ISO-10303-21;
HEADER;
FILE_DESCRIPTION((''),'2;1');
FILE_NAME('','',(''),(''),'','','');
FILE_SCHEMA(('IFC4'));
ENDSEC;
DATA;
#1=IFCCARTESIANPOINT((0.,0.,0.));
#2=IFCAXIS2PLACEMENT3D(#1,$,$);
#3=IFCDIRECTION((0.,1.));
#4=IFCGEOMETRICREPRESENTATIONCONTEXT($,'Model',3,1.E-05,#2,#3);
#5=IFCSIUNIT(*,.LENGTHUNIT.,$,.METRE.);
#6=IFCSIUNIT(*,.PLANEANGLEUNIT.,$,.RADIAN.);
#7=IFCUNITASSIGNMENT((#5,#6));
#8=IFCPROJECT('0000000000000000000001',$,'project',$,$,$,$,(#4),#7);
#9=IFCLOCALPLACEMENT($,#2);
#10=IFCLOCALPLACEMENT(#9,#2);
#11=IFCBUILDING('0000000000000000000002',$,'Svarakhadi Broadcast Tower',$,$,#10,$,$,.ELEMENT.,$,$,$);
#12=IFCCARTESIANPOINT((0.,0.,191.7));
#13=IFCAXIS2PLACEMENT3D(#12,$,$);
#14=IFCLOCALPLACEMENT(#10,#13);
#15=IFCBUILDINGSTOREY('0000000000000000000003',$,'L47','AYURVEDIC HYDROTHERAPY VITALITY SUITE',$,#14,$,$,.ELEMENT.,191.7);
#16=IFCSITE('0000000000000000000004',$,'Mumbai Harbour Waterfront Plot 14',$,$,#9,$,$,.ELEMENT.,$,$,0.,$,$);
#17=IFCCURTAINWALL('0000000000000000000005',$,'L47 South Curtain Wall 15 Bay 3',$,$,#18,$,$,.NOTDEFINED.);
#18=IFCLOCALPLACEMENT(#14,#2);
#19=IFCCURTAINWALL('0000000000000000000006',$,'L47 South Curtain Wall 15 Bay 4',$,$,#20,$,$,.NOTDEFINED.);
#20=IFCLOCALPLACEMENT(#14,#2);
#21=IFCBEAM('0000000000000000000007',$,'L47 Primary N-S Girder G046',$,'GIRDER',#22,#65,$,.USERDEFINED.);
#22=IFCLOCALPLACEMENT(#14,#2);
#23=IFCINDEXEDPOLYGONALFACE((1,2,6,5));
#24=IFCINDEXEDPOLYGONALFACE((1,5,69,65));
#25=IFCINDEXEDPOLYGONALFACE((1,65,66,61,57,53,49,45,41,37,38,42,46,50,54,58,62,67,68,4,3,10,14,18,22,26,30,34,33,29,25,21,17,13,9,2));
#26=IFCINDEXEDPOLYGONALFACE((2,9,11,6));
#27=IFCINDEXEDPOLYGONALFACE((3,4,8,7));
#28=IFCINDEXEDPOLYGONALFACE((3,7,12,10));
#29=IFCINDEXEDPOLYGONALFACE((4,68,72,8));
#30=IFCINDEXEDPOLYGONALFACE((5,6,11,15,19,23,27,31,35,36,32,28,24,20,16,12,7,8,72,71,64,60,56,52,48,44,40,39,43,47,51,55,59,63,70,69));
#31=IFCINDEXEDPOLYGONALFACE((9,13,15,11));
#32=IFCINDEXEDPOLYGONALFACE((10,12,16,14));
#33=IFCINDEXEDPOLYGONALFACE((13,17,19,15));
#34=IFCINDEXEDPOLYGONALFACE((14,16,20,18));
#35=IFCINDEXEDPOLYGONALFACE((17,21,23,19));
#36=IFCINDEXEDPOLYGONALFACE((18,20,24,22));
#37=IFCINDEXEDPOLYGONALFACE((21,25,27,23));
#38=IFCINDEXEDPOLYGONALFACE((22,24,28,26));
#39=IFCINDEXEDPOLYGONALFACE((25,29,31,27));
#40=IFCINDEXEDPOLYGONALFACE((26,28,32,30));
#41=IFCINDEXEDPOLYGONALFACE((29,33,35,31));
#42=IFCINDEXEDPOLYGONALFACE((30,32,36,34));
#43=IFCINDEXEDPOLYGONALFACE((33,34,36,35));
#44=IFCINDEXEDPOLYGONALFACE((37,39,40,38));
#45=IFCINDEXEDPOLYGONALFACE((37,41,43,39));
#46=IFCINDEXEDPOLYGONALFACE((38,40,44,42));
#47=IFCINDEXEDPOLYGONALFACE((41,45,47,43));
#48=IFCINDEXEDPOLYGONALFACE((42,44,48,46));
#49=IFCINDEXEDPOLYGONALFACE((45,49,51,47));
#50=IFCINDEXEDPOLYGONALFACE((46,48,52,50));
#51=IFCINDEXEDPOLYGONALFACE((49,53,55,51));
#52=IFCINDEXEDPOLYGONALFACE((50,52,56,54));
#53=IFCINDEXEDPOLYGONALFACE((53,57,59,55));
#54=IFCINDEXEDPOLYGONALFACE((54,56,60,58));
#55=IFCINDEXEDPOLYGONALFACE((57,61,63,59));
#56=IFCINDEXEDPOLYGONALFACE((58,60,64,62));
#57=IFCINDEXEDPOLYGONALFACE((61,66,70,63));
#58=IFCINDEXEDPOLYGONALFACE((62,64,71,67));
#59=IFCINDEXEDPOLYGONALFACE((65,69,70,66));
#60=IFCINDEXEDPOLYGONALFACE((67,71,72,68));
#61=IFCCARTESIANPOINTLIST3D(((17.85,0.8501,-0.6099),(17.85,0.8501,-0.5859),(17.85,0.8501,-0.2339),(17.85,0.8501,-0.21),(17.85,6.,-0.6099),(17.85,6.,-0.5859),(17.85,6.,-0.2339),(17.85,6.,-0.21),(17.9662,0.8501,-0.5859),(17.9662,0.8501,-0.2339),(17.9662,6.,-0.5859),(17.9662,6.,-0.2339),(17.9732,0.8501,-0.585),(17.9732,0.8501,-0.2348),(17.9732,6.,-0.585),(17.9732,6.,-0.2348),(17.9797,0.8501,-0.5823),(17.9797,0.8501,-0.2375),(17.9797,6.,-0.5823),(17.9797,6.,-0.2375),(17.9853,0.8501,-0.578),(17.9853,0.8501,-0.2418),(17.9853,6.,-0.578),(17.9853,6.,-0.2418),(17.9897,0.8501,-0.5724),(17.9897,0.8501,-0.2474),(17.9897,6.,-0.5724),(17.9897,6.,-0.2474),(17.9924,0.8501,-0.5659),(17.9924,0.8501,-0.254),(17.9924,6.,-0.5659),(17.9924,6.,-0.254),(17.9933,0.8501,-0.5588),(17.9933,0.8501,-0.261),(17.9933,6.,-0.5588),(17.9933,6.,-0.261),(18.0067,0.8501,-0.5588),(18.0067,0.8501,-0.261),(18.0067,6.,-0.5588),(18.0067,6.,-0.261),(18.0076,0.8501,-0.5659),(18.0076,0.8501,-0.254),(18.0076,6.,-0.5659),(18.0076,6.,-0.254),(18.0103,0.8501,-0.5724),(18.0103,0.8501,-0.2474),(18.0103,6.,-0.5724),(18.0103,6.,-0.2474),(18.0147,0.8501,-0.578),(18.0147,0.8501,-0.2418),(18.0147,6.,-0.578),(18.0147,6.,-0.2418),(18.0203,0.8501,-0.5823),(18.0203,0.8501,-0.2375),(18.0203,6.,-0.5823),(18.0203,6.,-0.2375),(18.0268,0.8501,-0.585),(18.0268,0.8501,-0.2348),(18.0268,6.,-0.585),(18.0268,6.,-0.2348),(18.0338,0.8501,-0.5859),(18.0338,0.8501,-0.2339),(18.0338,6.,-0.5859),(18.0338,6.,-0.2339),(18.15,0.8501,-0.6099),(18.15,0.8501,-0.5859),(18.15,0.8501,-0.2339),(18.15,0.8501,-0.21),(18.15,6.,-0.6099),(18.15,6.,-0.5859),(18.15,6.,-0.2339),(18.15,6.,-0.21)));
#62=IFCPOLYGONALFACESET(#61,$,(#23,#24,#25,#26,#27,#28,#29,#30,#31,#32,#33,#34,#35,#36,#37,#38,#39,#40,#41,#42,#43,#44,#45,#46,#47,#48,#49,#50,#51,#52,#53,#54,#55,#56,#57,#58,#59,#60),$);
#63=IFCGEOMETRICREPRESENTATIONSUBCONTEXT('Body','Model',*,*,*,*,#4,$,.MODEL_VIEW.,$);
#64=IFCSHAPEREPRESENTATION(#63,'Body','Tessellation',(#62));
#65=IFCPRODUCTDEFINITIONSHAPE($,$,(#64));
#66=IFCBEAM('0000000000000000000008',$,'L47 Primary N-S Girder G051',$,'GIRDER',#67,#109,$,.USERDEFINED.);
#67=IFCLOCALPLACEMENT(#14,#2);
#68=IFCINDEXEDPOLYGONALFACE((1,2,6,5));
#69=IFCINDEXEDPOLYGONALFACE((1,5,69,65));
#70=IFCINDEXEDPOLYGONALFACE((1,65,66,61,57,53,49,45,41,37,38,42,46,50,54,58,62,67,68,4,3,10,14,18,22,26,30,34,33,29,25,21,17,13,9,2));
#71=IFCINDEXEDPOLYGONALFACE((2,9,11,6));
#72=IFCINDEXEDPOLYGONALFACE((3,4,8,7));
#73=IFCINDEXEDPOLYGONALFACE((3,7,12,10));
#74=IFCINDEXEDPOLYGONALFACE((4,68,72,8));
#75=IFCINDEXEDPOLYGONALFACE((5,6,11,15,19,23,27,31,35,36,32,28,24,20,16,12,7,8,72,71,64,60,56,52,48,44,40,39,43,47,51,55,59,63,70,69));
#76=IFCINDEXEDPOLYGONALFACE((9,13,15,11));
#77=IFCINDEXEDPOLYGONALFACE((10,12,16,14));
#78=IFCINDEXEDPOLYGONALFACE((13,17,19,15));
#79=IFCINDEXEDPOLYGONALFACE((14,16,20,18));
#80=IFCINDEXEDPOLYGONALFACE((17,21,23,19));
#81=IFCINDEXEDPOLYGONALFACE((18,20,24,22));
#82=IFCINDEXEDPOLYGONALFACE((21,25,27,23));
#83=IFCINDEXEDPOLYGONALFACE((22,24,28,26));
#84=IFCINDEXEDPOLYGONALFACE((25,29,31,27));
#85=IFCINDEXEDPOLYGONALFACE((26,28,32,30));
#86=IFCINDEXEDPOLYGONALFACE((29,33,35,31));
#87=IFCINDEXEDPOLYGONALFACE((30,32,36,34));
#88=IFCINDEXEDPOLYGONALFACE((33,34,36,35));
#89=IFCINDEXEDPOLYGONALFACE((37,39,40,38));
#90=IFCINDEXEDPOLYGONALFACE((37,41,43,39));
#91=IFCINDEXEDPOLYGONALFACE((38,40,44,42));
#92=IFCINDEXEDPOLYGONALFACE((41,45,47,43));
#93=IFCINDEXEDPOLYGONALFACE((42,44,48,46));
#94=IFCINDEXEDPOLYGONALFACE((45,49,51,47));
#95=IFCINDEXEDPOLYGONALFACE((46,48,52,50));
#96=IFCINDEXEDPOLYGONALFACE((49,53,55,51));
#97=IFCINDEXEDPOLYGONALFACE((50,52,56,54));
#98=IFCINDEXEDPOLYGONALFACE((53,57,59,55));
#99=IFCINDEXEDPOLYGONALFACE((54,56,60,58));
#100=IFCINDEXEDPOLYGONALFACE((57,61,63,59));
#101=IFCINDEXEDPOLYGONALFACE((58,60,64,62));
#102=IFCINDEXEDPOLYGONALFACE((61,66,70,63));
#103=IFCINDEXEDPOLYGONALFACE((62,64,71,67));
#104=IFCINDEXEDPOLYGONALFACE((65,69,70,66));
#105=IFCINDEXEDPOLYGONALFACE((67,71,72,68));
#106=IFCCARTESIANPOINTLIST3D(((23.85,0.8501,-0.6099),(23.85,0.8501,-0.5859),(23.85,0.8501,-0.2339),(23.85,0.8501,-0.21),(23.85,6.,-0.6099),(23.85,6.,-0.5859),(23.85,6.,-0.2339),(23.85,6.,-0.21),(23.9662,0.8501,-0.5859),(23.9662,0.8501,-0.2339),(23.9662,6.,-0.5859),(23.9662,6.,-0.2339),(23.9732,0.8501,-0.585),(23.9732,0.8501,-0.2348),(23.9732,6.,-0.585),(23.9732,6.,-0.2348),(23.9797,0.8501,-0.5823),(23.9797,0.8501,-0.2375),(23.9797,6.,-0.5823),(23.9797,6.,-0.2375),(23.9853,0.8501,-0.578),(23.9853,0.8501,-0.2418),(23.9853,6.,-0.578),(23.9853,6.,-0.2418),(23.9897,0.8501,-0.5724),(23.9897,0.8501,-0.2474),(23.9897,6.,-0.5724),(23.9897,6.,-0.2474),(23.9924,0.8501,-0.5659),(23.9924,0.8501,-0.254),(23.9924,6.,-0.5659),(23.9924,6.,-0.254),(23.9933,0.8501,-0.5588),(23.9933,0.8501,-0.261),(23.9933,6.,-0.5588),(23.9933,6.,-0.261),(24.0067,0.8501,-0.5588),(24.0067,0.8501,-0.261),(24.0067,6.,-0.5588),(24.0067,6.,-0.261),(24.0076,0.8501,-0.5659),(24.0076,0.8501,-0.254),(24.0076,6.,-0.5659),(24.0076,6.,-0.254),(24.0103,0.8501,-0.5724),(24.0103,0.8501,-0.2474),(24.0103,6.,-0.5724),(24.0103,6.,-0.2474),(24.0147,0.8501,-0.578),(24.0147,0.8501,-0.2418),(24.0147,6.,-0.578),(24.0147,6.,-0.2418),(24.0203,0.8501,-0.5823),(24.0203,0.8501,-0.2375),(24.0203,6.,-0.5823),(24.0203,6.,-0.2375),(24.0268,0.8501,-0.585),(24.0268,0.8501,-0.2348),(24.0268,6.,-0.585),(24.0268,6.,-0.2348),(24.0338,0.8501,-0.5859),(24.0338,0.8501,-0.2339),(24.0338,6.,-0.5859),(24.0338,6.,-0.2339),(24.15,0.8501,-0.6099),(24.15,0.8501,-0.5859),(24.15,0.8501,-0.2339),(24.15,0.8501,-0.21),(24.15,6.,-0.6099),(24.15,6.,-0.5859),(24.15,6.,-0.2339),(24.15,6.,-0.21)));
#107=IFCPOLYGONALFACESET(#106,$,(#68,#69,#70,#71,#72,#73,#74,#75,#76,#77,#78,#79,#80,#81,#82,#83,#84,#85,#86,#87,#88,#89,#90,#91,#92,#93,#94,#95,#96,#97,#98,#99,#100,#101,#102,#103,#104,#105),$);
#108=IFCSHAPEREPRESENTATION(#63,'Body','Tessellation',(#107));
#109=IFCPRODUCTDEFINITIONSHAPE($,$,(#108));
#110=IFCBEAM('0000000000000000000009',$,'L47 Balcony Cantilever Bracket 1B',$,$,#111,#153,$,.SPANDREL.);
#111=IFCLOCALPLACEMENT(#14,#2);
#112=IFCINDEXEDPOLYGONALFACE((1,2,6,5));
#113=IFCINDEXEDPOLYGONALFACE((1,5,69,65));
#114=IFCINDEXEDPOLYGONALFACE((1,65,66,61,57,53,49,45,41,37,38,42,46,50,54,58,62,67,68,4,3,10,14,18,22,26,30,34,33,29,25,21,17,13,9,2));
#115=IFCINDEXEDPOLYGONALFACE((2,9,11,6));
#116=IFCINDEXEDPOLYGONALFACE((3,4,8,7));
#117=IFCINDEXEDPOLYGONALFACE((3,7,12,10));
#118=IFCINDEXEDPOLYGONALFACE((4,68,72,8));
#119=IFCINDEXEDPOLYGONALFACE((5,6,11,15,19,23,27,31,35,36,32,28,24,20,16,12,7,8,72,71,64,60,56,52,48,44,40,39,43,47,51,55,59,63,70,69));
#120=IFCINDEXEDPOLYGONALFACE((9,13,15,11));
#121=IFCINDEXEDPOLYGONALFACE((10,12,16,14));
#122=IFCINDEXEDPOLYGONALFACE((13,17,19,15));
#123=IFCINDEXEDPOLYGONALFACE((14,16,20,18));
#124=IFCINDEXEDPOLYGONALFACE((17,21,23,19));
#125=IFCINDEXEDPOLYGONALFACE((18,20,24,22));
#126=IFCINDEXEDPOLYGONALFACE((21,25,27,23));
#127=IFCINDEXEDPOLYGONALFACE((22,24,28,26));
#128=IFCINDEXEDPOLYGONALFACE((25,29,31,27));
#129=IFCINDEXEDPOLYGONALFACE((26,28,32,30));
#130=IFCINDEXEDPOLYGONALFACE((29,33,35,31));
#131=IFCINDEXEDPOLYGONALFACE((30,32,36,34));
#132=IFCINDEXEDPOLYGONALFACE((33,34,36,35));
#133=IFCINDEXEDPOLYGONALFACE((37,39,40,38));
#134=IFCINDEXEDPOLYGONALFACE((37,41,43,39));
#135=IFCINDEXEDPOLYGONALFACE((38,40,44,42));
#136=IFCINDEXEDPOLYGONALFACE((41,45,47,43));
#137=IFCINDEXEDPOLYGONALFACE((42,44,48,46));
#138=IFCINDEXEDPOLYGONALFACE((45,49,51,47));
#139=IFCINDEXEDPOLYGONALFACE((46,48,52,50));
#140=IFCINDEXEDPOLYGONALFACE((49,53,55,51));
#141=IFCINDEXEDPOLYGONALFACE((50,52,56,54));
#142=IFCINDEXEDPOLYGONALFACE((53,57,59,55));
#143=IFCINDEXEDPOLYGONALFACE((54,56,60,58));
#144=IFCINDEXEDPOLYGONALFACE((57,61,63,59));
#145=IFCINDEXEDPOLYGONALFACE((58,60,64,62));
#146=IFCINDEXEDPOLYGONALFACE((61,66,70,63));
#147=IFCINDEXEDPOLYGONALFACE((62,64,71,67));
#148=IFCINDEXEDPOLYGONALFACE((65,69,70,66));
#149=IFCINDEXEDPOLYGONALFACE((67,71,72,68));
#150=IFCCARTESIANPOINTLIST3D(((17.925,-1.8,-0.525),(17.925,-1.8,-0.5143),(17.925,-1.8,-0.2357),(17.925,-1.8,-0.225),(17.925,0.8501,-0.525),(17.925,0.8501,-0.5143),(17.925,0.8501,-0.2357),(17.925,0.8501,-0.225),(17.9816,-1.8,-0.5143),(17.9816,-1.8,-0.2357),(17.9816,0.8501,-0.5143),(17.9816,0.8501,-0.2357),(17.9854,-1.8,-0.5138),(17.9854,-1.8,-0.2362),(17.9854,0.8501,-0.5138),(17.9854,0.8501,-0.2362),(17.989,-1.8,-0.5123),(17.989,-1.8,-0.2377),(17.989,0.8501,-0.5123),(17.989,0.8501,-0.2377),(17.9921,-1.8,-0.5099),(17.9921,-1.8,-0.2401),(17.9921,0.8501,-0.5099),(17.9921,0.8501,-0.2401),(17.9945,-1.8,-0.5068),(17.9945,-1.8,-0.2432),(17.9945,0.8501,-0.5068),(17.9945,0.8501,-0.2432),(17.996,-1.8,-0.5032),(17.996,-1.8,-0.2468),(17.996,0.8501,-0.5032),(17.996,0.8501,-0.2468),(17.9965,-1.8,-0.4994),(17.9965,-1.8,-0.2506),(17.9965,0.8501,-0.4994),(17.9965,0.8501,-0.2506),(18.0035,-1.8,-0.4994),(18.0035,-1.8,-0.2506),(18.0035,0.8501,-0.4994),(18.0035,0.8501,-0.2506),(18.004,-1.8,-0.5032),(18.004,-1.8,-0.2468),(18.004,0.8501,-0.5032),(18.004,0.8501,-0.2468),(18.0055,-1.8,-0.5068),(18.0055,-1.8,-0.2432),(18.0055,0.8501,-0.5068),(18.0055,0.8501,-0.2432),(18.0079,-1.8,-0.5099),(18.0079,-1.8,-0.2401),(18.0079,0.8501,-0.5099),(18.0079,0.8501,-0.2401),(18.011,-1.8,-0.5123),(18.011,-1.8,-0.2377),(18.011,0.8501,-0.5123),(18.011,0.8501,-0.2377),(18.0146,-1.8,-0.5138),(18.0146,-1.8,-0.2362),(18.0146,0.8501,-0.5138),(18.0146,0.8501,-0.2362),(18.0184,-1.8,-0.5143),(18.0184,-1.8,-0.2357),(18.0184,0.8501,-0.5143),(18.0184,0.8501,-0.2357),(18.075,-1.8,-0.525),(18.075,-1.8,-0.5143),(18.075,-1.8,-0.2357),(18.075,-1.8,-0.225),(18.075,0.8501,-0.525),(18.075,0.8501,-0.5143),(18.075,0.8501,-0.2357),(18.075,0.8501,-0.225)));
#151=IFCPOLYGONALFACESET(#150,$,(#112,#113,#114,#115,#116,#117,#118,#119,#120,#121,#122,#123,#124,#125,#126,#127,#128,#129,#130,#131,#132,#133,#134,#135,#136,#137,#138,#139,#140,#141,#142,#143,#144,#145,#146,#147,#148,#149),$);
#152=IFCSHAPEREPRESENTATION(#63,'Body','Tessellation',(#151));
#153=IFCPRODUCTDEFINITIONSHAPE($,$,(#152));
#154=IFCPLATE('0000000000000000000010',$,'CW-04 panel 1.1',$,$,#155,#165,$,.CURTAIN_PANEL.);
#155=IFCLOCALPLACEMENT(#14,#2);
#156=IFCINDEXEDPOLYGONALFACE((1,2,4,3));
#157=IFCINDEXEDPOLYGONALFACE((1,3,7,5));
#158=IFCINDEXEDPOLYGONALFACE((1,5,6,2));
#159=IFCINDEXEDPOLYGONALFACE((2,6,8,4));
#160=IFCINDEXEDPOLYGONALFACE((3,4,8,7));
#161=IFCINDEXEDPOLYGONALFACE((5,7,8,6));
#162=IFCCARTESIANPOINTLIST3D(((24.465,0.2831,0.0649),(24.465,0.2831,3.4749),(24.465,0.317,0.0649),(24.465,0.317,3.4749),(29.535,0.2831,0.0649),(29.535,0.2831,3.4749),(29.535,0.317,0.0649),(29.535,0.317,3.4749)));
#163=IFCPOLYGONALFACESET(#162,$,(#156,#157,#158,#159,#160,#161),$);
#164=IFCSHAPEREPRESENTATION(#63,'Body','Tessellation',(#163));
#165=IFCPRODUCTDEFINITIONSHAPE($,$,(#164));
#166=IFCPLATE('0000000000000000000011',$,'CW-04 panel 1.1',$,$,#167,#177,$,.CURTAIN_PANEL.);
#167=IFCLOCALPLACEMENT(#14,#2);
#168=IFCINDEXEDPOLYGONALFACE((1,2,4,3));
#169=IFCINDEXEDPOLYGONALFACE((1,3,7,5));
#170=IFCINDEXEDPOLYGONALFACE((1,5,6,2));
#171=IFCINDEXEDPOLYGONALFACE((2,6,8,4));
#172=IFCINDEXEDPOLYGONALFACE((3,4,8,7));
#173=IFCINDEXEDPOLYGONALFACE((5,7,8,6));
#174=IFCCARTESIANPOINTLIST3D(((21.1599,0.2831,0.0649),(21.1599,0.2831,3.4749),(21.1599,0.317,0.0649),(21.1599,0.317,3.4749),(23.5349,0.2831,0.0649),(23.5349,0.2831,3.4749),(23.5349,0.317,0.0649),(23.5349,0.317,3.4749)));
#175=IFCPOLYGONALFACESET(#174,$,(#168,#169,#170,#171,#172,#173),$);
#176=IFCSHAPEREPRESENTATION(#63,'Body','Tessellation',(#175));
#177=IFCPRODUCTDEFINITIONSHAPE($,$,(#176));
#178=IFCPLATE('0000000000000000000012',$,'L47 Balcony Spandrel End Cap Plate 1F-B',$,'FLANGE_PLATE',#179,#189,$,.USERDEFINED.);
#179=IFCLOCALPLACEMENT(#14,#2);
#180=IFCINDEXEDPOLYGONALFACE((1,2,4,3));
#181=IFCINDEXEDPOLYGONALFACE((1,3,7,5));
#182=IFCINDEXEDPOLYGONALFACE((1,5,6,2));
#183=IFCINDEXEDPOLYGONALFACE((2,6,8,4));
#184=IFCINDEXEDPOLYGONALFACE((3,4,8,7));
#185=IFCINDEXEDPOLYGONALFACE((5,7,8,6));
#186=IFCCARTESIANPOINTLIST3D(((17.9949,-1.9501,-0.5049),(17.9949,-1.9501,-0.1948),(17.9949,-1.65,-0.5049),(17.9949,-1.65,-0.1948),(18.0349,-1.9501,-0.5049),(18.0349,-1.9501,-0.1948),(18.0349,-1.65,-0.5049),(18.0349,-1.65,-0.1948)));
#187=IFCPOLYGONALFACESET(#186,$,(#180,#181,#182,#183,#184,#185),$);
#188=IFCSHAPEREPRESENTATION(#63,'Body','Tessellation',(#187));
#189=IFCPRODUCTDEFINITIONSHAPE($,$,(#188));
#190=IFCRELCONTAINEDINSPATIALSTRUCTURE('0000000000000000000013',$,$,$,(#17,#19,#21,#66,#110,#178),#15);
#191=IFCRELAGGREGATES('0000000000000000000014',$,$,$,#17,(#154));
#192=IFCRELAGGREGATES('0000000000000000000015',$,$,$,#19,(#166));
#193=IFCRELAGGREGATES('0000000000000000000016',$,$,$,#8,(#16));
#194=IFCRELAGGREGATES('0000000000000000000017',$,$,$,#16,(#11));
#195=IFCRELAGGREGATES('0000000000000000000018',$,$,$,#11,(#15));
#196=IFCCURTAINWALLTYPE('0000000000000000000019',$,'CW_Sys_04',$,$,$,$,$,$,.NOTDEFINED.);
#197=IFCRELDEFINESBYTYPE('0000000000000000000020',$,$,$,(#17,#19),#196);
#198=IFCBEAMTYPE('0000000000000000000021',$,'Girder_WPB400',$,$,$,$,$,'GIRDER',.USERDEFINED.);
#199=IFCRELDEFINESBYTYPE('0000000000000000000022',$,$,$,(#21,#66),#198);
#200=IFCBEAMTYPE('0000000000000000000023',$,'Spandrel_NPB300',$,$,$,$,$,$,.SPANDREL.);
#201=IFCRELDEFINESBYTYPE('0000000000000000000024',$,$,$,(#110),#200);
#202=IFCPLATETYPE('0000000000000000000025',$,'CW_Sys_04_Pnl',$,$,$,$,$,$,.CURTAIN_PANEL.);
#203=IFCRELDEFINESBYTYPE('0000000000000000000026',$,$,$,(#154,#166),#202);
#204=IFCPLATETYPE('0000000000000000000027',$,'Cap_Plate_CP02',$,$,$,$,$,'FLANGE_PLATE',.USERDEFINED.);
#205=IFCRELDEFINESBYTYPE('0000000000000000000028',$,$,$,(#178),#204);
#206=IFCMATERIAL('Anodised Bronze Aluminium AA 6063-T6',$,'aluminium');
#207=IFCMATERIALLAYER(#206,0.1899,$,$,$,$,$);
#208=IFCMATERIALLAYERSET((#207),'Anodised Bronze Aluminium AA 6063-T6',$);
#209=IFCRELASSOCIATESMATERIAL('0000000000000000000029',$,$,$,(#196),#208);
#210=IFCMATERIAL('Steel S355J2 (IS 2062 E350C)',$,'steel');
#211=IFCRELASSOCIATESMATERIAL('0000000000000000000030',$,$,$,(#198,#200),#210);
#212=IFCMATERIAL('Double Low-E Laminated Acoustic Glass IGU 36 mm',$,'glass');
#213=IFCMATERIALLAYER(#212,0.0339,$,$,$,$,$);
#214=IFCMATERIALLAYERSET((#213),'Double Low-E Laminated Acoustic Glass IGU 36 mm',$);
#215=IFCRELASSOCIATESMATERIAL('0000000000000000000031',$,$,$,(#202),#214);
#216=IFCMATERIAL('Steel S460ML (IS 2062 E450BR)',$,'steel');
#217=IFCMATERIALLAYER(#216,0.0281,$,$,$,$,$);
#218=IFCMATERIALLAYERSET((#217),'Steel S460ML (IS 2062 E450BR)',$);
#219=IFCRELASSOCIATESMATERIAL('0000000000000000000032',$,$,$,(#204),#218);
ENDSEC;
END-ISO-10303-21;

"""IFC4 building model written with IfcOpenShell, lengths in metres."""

from ifc_helpers import new_model, si_unit, direction, frame, origin, origin_2d, place, context, subcontext, project, spatial, rectangle, i_section, extrude, material, layer, layer_set, material_profile, profile_set, type_object, element, aggregate, save


model = new_model("IFC4")

# Units and contexts
model_context = context("Model", 3, precision=1e-05, world=origin(), true_north=direction((0.0, 1.0)))
body_context = subcontext(model_context, "Body", "Model", "MODEL_VIEW")
ifc_project = project(units=[si_unit("LENGTHUNIT", "METRE"), si_unit("PLANEANGLEUNIT", "RADIAN")], contexts=[model_context])

# Site, building, storey
site_placement = place(None, origin())
site = spatial("IfcSite", under=ifc_project, at=site_placement, Name="Mumbai Harbour Waterfront Plot 14", CompositionType="ELEMENT", RefElevation=0.0)
building_placement = place(site_placement, origin())
building = spatial("IfcBuilding", under=site, at=building_placement, Name="Svarakhadi Broadcast Tower", CompositionType="ELEMENT")
storey_placement = place(building_placement, frame((0.0, 0.0, 191.7)))
storey = spatial("IfcBuildingStorey", under=building, at=storey_placement, Name="L47", Description="AYURVEDIC HYDROTHERAPY VITALITY SUITE", CompositionType="ELEMENT", Elevation=191.7)

# Shared definitions
ifc_material_1 = material(Name="Anodised Bronze Aluminium AA 6063-T6", Category="aluminium")
ifc_layer_1 = layer(ifc_material_1, 0.1899)
ifc_layer_set_1 = layer_set([ifc_layer_1], Name="Anodised Bronze Aluminium AA 6063-T6")
curtain_wall_type = type_object("IfcCurtainWallType", Name="CW_Sys_04", PredefinedType="NOTDEFINED", material=ifc_layer_set_1)

# Curtain walls
curtain_wall_1_placement = place(storey_placement, origin())
curtain_wall_1 = element("IfcCurtainWall", 1, at=curtain_wall_1_placement, inside=storey, type_object=curtain_wall_type, Name="L47 South Curtain Wall 15 Bay 3", PredefinedType="NOTDEFINED")
curtain_wall_2_placement = place(storey_placement, origin())
curtain_wall_2 = element("IfcCurtainWall", 2, at=curtain_wall_2_placement, inside=storey, type_object=curtain_wall_type, Name="L47 South Curtain Wall 15 Bay 4", PredefinedType="NOTDEFINED")

# Shared definitions
ifc_material_2 = material(Name="Steel S460ML (IS 2062 E450BR)", Category="steel")

# Beams
ifc_material_3 = material(Name="Steel S355J2 (IS 2062 E350C)", Category="steel")
ifc_material_profile_1 = material_profile(ifc_material_3, i_section(OverallWidth=0.3, OverallDepth=0.3999, WebThickness=0.0134, FlangeThickness=0.0239, FilletRadius=0.0271, at=origin_2d()), Name="WPB 400x300x155")
ifc_profile_set_1 = profile_set([ifc_material_profile_1], Name="Steel S355J2 (IS 2062 E350C)")
beam_type_1 = type_object("IfcBeamType", Name="Girder_WPB400", ElementType="GIRDER", PredefinedType="USERDEFINED", material=ifc_profile_set_1)
for number, where, z_axis, x_axis, name in (
    (3, (18.0, 0.8501, -0.4099), (0.0, 1.0, 0.0), (-1.0, 0.0, 0.0), "L47 Primary N-S Girder G046"),
    (4, (24.0, 0.8501, -0.4099), (0.0, 1.0, 0.0), (-1.0, 0.0, 0.0), "L47 Primary N-S Girder G051"),
):
    element("IfcBeam", number, at=place(storey_placement, frame(where, z_axis=z_axis, x_axis=x_axis)), inside=storey, type_object=beam_type_1, Name=name, ObjectType="GIRDER", PredefinedType="USERDEFINED", context=body_context, shape_type="SweptSolid", body=[
        extrude(i_section(OverallWidth=0.3, OverallDepth=0.3999, WebThickness=0.0134, FlangeThickness=0.0239, FilletRadius=0.0271, at=origin_2d()), origin(), (0.0, 0.0, 1.0), 5.1499),
    ])
ifc_material_profile_2 = material_profile(ifc_material_3, i_section(OverallWidth=0.1499, OverallDepth=0.3, WebThickness=0.0071, FlangeThickness=0.0107, FilletRadius=0.0149, at=origin_2d()), Name="NPB 300x150x37")
ifc_profile_set_2 = profile_set([ifc_material_profile_2], Name="Steel S355J2 (IS 2062 E350C)")
beam_type_2 = type_object("IfcBeamType", Name="Spandrel_NPB300", PredefinedType="SPANDREL", material=ifc_profile_set_2)
beam_1_placement = place(storey_placement, frame((18.0, 0.8501, -0.375), z_axis=(0.0, -1.0, 0.0), x_axis=(1.0, 0.0, 0.0)))
element("IfcBeam", 5, at=beam_1_placement, inside=storey, type_object=beam_type_2, Name="L47 Balcony Cantilever Bracket 1B", PredefinedType="SPANDREL", context=body_context, shape_type="SweptSolid", body=[
    extrude(i_section(OverallWidth=0.1499, OverallDepth=0.3, WebThickness=0.0071, FlangeThickness=0.0107, FilletRadius=0.0149, at=origin_2d()), origin(), (0.0, 0.0, 1.0), 2.6501),
])

# Plates
ifc_material_4 = material(Name="Double Low-E Laminated Acoustic Glass IGU 36 mm", Category="glass")
ifc_layer_2 = layer(ifc_material_4, 0.0339)
ifc_layer_set_2 = layer_set([ifc_layer_2], Name="Double Low-E Laminated Acoustic Glass IGU 36 mm")
plate_type_1 = type_object("IfcPlateType", Name="CW_Sys_04_Pnl", PredefinedType="CURTAIN_PANEL", material=ifc_layer_set_2)
plate_1_placement = place(storey_placement, frame((27.0, 0.3, 0.0649), z_axis=(0.0, 0.0, 1.0), x_axis=(-1.0, 0.0, 0.0)))
plate_1 = element("IfcPlate", 6, at=plate_1_placement, type_object=plate_type_1, Name="CW-04 panel 1.1", PredefinedType="CURTAIN_PANEL", context=body_context, shape_type="SweptSolid", body=[
    extrude(rectangle(XDim=5.0701, YDim=0.0339, at=origin_2d()), origin(), (0.0, 0.0, 1.0), 3.4099),
])
aggregate(curtain_wall_1, [plate_1])
plate_2_placement = place(storey_placement, frame((22.3474, 0.3, 0.0649), z_axis=(0.0, 0.0, 1.0), x_axis=(-1.0, 0.0, 0.0)))
plate_2 = element("IfcPlate", 7, at=plate_2_placement, type_object=plate_type_1, Name="CW-04 panel 1.1", PredefinedType="CURTAIN_PANEL", context=body_context, shape_type="SweptSolid", body=[
    extrude(rectangle(XDim=2.375, YDim=0.0339, at=origin_2d()), origin(), (0.0, 0.0, 1.0), 3.4099),
])
aggregate(curtain_wall_2, [plate_2])

# Plate
ifc_layer_3 = layer(ifc_material_2, 0.0281)
ifc_layer_set_3 = layer_set([ifc_layer_3], Name="Steel S460ML (IS 2062 E450BR)")
plate_type_2 = type_object("IfcPlateType", Name="Cap_Plate_CP02", ElementType="FLANGE_PLATE", PredefinedType="USERDEFINED", material=ifc_layer_set_3)
plate_3_placement = place(storey_placement, frame((18.0149, -1.8, -0.5049), z_axis=(0.0, 0.0, 1.0), x_axis=(1.0, 0.0, 0.0)))
element("IfcPlate", 8, at=plate_3_placement, inside=storey, type_object=plate_type_2, Name="L47 Balcony Spandrel End Cap Plate 1F-B", ObjectType="FLANGE_PLATE", PredefinedType="USERDEFINED", context=body_context, shape_type="SweptSolid", body=[
    extrude(rectangle(XDim=0.04, YDim=0.3, at=origin_2d()), origin(), (0.0, 0.0, 1.0), 0.3101),
])

save(model, "model.ifc")
